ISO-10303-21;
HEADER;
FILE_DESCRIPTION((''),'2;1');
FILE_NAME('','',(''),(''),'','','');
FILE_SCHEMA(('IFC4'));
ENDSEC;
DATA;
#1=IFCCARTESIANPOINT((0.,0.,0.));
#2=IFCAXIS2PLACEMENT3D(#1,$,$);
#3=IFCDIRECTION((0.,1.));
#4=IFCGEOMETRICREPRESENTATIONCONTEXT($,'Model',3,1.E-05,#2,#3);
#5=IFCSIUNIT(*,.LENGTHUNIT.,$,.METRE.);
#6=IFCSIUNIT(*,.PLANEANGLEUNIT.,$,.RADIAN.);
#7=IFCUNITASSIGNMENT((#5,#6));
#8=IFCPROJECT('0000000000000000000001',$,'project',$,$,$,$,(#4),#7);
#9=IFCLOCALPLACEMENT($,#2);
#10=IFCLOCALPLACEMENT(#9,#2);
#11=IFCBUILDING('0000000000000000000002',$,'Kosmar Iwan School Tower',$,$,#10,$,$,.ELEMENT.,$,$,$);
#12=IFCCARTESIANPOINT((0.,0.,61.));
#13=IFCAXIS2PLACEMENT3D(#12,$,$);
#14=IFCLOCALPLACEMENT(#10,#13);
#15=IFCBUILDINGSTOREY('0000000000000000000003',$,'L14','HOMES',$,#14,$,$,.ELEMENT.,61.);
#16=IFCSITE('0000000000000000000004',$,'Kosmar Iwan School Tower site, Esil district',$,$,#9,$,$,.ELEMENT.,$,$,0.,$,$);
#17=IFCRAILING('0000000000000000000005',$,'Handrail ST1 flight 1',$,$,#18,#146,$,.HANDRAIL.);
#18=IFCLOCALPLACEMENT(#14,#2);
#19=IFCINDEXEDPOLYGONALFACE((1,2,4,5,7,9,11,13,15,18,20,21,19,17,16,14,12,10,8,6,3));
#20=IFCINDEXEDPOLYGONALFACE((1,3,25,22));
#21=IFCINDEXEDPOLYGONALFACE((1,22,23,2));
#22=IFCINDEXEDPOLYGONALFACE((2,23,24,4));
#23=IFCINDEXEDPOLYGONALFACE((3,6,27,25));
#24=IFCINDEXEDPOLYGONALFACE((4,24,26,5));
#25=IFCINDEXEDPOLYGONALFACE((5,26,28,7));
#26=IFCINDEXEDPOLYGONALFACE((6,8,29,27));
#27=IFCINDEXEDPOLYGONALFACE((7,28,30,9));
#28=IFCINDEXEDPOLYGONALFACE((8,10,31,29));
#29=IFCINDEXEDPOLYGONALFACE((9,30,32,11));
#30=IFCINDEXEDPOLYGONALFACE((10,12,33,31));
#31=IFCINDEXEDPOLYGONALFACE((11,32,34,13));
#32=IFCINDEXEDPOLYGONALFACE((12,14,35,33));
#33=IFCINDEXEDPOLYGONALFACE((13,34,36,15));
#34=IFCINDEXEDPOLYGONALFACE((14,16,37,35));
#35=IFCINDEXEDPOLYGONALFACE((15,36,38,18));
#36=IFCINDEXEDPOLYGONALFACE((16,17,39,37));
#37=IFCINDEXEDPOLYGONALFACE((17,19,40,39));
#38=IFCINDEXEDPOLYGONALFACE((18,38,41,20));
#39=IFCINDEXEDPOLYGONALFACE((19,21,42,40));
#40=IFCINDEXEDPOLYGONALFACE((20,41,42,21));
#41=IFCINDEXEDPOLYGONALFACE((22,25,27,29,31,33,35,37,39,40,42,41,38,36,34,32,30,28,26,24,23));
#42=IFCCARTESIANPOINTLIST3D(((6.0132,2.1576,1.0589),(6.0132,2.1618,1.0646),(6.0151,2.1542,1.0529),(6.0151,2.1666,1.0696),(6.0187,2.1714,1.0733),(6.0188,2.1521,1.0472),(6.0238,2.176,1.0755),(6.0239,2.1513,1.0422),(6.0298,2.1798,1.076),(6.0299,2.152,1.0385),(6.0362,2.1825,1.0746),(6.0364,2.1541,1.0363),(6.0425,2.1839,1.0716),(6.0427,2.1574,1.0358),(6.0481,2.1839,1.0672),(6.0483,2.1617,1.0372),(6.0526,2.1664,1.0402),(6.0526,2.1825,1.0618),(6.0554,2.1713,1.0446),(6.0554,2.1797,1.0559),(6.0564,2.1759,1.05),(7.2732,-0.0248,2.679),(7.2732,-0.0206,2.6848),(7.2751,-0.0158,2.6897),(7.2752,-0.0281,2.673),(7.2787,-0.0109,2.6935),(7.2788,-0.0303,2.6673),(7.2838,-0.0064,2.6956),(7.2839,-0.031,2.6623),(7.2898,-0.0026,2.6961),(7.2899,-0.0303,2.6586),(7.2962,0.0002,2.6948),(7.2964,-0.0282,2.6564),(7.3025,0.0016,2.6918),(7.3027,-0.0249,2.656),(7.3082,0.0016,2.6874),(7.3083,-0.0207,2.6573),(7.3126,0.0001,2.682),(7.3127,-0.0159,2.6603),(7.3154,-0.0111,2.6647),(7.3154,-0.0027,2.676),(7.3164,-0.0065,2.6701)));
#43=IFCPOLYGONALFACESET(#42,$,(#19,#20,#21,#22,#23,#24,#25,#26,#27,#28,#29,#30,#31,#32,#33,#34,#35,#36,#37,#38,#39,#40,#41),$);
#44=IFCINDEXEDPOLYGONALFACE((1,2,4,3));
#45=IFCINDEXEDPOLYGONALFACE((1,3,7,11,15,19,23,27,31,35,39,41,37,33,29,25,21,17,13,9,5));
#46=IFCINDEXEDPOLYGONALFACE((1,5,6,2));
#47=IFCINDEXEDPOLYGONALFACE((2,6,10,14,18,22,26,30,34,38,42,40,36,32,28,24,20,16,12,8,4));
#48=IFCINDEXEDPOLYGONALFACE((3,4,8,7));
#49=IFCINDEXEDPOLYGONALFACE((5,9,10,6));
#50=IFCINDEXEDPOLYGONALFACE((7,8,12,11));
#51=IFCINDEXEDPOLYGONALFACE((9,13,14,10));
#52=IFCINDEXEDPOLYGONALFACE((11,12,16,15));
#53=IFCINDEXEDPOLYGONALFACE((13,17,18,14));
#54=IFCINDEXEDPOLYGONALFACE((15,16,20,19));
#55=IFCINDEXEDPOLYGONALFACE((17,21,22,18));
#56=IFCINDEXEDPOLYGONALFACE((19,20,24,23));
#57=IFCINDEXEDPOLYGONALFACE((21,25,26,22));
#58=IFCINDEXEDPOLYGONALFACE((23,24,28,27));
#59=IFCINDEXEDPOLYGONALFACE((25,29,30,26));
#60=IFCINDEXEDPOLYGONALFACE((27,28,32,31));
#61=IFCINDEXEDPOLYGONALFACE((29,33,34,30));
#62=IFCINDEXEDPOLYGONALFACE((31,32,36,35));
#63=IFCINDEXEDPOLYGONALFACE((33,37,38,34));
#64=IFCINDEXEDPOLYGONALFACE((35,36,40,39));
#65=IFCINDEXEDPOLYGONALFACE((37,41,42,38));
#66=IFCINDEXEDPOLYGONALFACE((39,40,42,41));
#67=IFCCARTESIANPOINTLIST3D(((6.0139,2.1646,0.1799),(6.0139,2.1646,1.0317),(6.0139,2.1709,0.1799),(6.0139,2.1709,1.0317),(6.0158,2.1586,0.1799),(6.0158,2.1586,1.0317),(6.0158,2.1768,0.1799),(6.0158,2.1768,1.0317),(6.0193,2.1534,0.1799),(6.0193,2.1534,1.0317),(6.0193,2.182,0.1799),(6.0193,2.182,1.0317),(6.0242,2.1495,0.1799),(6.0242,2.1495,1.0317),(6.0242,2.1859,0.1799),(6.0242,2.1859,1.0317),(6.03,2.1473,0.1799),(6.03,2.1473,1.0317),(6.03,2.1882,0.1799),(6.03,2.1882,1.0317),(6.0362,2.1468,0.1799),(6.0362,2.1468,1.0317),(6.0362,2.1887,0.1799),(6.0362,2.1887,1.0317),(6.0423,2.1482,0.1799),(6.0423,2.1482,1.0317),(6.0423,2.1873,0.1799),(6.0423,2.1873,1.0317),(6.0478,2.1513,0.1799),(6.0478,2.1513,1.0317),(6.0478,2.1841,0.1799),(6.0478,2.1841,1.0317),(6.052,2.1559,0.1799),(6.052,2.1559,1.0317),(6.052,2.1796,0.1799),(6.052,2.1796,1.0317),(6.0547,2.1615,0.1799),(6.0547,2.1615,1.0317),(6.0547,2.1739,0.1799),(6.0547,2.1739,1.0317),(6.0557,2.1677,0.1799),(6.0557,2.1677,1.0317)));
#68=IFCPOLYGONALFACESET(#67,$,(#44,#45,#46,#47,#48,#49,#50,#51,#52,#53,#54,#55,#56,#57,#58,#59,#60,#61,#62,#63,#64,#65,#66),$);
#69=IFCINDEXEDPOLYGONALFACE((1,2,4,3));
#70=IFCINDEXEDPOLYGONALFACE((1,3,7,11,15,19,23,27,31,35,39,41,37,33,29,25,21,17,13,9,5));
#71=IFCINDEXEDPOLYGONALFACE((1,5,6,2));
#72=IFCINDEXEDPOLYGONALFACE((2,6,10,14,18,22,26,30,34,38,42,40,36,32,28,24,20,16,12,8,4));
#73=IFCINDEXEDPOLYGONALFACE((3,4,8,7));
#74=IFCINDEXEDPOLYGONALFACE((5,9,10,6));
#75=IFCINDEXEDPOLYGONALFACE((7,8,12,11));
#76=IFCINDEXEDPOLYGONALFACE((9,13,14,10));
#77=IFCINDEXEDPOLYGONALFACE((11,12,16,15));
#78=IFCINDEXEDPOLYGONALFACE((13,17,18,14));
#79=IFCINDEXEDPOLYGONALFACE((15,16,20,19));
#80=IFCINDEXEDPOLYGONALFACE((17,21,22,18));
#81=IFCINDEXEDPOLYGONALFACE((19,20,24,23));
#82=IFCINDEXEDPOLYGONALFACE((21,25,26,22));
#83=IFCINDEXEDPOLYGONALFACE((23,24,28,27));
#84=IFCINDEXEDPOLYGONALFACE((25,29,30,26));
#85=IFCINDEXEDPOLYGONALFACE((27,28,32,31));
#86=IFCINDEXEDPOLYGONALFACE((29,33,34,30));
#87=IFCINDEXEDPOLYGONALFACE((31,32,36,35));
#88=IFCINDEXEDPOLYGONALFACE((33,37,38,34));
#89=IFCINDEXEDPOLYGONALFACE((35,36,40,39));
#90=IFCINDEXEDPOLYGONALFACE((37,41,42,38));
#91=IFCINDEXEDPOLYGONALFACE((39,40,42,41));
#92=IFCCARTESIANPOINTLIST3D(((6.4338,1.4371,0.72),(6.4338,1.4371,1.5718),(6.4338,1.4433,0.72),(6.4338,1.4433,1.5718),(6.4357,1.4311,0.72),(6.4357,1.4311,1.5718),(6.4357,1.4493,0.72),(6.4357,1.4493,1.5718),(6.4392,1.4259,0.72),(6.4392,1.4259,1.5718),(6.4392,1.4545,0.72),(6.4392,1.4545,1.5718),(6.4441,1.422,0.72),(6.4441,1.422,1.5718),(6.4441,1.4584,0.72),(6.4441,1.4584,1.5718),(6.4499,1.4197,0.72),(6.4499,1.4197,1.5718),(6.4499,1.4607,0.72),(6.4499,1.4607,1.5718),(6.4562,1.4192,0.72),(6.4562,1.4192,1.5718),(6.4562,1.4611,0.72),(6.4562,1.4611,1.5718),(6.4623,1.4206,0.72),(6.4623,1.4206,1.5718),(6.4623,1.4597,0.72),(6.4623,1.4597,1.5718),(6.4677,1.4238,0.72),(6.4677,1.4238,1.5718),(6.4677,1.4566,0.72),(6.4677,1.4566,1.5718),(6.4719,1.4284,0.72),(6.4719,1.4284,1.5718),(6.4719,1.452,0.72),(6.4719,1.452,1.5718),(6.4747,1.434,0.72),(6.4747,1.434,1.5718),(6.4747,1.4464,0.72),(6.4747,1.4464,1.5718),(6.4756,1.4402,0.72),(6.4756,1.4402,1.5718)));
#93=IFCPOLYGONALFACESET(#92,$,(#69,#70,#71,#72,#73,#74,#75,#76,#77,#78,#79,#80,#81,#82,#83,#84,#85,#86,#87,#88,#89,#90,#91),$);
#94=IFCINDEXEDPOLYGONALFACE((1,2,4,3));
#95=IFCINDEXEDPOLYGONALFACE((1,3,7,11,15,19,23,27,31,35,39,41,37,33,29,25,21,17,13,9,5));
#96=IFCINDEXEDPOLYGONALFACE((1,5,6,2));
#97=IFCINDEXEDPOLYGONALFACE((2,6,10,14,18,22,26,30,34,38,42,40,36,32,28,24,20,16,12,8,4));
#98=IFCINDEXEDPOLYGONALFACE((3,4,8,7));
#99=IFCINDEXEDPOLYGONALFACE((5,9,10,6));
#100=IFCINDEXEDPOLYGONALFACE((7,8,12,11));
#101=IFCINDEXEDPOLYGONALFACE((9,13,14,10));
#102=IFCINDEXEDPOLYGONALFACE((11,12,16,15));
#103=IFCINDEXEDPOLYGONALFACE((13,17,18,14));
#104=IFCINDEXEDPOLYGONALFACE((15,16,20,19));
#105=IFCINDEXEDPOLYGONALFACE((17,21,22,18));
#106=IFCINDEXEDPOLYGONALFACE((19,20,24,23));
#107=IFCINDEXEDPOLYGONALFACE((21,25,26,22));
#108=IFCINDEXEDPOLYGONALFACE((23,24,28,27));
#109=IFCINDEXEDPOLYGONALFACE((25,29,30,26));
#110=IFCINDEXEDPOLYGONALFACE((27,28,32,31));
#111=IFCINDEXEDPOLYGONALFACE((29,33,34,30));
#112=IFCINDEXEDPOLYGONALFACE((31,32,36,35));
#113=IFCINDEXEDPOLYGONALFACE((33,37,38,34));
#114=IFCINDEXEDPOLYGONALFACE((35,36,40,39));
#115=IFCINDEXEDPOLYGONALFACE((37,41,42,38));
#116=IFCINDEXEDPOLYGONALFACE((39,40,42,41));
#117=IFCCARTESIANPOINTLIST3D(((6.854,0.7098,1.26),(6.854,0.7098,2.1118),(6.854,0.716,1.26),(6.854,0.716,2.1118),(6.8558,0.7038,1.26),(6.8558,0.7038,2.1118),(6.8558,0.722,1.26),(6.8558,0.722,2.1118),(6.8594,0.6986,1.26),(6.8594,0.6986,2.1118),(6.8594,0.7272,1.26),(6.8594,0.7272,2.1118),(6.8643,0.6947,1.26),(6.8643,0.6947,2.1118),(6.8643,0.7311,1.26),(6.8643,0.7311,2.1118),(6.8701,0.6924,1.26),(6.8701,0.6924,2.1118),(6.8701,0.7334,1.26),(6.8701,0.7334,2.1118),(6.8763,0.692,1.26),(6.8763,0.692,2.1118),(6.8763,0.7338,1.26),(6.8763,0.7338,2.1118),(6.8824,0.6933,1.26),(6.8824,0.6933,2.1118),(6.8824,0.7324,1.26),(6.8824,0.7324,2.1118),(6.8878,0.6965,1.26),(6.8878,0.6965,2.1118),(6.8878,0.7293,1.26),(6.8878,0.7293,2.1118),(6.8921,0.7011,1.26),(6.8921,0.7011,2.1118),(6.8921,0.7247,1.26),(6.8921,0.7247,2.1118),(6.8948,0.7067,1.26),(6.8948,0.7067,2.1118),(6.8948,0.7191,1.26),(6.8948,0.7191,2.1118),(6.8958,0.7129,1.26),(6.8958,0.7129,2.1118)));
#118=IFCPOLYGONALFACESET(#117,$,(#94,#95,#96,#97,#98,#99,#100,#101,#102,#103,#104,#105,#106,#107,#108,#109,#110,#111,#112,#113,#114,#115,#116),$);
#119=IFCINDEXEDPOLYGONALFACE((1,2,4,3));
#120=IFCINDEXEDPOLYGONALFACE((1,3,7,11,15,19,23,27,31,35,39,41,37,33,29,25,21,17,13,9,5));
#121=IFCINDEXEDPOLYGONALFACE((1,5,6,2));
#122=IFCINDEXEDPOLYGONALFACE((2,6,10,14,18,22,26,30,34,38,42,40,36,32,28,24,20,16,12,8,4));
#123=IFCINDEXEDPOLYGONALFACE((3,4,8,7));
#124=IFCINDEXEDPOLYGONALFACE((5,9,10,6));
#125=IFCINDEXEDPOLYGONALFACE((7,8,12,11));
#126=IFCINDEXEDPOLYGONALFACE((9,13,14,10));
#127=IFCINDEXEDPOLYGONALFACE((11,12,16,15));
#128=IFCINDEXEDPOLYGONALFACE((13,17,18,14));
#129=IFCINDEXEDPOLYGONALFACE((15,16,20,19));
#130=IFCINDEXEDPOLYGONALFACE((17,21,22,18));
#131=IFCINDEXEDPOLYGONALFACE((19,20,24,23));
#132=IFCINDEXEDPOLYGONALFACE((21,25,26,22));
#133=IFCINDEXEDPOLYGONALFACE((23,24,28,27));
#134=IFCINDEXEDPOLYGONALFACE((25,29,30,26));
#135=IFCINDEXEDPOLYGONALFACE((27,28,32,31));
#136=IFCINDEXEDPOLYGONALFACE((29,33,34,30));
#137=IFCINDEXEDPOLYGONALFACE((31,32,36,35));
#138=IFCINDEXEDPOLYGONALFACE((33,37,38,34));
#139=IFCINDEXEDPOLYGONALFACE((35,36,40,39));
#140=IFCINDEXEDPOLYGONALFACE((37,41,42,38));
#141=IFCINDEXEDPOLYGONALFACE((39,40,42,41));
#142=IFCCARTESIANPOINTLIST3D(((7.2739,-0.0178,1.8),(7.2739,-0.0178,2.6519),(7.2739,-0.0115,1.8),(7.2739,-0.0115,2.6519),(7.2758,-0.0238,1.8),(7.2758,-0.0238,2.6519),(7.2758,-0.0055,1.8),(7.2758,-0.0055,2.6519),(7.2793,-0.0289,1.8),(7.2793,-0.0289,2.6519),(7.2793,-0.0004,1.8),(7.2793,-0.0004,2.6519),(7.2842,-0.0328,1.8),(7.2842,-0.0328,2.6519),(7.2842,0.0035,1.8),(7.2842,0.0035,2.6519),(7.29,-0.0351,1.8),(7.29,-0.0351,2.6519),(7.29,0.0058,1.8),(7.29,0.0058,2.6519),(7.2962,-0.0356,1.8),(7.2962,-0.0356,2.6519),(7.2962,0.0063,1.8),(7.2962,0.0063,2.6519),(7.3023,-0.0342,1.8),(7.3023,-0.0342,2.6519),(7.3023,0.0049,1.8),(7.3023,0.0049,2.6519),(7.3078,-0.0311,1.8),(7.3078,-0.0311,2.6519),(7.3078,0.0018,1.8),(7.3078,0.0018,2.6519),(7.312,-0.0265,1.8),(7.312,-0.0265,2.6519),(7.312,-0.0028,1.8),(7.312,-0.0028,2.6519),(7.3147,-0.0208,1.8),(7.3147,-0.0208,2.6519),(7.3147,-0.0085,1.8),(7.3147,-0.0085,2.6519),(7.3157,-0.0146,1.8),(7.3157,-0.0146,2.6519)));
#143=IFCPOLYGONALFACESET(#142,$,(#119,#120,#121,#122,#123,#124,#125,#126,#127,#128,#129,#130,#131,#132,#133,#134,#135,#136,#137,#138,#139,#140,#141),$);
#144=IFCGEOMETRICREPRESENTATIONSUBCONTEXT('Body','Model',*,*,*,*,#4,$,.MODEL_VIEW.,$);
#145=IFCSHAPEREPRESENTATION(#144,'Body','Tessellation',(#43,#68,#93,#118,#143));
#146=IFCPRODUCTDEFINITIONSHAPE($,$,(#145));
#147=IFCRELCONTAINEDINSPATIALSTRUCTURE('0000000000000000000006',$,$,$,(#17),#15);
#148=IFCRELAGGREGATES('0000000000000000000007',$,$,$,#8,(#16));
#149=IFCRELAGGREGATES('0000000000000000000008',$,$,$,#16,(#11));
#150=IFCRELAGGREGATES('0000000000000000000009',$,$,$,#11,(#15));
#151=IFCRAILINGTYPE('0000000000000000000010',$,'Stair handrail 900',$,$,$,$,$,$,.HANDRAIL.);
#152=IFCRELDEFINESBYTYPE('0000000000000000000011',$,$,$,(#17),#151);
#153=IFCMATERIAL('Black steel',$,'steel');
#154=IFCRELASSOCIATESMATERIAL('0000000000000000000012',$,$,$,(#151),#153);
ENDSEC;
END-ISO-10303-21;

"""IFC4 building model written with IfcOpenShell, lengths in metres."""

from ifc_helpers import new_model, si_unit, direction, frame, origin, origin_2d, place, context, subcontext, project, spatial, circle, extrude, material, type_object, element, save


model = new_model("IFC4")

# Units and contexts
model_context = context("Model", 3, precision=1e-05, world=origin(), true_north=direction((0.0, 1.0)))
body_context = subcontext(model_context, "Body", "Model", "MODEL_VIEW")
ifc_project = project(units=[si_unit("LENGTHUNIT", "METRE"), si_unit("PLANEANGLEUNIT", "RADIAN")], contexts=[model_context])

# Site, building, storey
site_placement = place(None, origin())
site = spatial("IfcSite", under=ifc_project, at=site_placement, Name="Kosmar Iwan School Tower site, Esil district", CompositionType="ELEMENT", RefElevation=0.0)
building_placement = place(site_placement, origin())
building = spatial("IfcBuilding", under=site, at=building_placement, Name="Kosmar Iwan School Tower", CompositionType="ELEMENT")
storey_placement = place(building_placement, frame((0.0, 0.0, 61.0)))
storey = spatial("IfcBuildingStorey", under=building, at=storey_placement, Name="L14", Description="HOMES", CompositionType="ELEMENT", Elevation=61.0)

# Railing
ifc_material_1 = material(Name="Black steel", Category="steel")
railing_type = type_object("IfcRailingType", Name="Stair handrail 900", PredefinedType="HANDRAIL", material=ifc_material_1)
railing_placement = place(storey_placement, frame((6.0347, 2.1677, 0.1799)))
element("IfcRailing", 1, at=railing_placement, inside=storey, type_object=railing_type, Name="Handrail ST1 flight 1", PredefinedType="HANDRAIL", context=body_context, shape_type="SweptSolid", body=[
    extrude(circle(Radius=0.0239, at=origin_2d()), frame((0.0, 0.0, 0.876), z_axis=(0.420584, -0.728464, 0.540786), x_axis=(0.866023, 0.500005, 0.0)), (0.0, 0.0, 1.0), 2.9958),
    extrude(circle(Radius=0.021, at=origin_2d()), origin(), (0.0, 0.0, 1.0), 0.8518),
    extrude(circle(Radius=0.021, at=origin_2d()), frame((0.4199, -0.7275, 0.54)), (0.0, 0.0, 1.0), 0.8518),
    extrude(circle(Radius=0.021, at=origin_2d()), frame((0.8401, -1.4548, 1.0801)), (0.0, 0.0, 1.0), 0.8518),
    extrude(circle(Radius=0.021, at=origin_2d()), frame((1.26, -2.1824, 1.6201)), (0.0, 0.0, 1.0), 0.8518),
])

save(model, "model.ifc")
